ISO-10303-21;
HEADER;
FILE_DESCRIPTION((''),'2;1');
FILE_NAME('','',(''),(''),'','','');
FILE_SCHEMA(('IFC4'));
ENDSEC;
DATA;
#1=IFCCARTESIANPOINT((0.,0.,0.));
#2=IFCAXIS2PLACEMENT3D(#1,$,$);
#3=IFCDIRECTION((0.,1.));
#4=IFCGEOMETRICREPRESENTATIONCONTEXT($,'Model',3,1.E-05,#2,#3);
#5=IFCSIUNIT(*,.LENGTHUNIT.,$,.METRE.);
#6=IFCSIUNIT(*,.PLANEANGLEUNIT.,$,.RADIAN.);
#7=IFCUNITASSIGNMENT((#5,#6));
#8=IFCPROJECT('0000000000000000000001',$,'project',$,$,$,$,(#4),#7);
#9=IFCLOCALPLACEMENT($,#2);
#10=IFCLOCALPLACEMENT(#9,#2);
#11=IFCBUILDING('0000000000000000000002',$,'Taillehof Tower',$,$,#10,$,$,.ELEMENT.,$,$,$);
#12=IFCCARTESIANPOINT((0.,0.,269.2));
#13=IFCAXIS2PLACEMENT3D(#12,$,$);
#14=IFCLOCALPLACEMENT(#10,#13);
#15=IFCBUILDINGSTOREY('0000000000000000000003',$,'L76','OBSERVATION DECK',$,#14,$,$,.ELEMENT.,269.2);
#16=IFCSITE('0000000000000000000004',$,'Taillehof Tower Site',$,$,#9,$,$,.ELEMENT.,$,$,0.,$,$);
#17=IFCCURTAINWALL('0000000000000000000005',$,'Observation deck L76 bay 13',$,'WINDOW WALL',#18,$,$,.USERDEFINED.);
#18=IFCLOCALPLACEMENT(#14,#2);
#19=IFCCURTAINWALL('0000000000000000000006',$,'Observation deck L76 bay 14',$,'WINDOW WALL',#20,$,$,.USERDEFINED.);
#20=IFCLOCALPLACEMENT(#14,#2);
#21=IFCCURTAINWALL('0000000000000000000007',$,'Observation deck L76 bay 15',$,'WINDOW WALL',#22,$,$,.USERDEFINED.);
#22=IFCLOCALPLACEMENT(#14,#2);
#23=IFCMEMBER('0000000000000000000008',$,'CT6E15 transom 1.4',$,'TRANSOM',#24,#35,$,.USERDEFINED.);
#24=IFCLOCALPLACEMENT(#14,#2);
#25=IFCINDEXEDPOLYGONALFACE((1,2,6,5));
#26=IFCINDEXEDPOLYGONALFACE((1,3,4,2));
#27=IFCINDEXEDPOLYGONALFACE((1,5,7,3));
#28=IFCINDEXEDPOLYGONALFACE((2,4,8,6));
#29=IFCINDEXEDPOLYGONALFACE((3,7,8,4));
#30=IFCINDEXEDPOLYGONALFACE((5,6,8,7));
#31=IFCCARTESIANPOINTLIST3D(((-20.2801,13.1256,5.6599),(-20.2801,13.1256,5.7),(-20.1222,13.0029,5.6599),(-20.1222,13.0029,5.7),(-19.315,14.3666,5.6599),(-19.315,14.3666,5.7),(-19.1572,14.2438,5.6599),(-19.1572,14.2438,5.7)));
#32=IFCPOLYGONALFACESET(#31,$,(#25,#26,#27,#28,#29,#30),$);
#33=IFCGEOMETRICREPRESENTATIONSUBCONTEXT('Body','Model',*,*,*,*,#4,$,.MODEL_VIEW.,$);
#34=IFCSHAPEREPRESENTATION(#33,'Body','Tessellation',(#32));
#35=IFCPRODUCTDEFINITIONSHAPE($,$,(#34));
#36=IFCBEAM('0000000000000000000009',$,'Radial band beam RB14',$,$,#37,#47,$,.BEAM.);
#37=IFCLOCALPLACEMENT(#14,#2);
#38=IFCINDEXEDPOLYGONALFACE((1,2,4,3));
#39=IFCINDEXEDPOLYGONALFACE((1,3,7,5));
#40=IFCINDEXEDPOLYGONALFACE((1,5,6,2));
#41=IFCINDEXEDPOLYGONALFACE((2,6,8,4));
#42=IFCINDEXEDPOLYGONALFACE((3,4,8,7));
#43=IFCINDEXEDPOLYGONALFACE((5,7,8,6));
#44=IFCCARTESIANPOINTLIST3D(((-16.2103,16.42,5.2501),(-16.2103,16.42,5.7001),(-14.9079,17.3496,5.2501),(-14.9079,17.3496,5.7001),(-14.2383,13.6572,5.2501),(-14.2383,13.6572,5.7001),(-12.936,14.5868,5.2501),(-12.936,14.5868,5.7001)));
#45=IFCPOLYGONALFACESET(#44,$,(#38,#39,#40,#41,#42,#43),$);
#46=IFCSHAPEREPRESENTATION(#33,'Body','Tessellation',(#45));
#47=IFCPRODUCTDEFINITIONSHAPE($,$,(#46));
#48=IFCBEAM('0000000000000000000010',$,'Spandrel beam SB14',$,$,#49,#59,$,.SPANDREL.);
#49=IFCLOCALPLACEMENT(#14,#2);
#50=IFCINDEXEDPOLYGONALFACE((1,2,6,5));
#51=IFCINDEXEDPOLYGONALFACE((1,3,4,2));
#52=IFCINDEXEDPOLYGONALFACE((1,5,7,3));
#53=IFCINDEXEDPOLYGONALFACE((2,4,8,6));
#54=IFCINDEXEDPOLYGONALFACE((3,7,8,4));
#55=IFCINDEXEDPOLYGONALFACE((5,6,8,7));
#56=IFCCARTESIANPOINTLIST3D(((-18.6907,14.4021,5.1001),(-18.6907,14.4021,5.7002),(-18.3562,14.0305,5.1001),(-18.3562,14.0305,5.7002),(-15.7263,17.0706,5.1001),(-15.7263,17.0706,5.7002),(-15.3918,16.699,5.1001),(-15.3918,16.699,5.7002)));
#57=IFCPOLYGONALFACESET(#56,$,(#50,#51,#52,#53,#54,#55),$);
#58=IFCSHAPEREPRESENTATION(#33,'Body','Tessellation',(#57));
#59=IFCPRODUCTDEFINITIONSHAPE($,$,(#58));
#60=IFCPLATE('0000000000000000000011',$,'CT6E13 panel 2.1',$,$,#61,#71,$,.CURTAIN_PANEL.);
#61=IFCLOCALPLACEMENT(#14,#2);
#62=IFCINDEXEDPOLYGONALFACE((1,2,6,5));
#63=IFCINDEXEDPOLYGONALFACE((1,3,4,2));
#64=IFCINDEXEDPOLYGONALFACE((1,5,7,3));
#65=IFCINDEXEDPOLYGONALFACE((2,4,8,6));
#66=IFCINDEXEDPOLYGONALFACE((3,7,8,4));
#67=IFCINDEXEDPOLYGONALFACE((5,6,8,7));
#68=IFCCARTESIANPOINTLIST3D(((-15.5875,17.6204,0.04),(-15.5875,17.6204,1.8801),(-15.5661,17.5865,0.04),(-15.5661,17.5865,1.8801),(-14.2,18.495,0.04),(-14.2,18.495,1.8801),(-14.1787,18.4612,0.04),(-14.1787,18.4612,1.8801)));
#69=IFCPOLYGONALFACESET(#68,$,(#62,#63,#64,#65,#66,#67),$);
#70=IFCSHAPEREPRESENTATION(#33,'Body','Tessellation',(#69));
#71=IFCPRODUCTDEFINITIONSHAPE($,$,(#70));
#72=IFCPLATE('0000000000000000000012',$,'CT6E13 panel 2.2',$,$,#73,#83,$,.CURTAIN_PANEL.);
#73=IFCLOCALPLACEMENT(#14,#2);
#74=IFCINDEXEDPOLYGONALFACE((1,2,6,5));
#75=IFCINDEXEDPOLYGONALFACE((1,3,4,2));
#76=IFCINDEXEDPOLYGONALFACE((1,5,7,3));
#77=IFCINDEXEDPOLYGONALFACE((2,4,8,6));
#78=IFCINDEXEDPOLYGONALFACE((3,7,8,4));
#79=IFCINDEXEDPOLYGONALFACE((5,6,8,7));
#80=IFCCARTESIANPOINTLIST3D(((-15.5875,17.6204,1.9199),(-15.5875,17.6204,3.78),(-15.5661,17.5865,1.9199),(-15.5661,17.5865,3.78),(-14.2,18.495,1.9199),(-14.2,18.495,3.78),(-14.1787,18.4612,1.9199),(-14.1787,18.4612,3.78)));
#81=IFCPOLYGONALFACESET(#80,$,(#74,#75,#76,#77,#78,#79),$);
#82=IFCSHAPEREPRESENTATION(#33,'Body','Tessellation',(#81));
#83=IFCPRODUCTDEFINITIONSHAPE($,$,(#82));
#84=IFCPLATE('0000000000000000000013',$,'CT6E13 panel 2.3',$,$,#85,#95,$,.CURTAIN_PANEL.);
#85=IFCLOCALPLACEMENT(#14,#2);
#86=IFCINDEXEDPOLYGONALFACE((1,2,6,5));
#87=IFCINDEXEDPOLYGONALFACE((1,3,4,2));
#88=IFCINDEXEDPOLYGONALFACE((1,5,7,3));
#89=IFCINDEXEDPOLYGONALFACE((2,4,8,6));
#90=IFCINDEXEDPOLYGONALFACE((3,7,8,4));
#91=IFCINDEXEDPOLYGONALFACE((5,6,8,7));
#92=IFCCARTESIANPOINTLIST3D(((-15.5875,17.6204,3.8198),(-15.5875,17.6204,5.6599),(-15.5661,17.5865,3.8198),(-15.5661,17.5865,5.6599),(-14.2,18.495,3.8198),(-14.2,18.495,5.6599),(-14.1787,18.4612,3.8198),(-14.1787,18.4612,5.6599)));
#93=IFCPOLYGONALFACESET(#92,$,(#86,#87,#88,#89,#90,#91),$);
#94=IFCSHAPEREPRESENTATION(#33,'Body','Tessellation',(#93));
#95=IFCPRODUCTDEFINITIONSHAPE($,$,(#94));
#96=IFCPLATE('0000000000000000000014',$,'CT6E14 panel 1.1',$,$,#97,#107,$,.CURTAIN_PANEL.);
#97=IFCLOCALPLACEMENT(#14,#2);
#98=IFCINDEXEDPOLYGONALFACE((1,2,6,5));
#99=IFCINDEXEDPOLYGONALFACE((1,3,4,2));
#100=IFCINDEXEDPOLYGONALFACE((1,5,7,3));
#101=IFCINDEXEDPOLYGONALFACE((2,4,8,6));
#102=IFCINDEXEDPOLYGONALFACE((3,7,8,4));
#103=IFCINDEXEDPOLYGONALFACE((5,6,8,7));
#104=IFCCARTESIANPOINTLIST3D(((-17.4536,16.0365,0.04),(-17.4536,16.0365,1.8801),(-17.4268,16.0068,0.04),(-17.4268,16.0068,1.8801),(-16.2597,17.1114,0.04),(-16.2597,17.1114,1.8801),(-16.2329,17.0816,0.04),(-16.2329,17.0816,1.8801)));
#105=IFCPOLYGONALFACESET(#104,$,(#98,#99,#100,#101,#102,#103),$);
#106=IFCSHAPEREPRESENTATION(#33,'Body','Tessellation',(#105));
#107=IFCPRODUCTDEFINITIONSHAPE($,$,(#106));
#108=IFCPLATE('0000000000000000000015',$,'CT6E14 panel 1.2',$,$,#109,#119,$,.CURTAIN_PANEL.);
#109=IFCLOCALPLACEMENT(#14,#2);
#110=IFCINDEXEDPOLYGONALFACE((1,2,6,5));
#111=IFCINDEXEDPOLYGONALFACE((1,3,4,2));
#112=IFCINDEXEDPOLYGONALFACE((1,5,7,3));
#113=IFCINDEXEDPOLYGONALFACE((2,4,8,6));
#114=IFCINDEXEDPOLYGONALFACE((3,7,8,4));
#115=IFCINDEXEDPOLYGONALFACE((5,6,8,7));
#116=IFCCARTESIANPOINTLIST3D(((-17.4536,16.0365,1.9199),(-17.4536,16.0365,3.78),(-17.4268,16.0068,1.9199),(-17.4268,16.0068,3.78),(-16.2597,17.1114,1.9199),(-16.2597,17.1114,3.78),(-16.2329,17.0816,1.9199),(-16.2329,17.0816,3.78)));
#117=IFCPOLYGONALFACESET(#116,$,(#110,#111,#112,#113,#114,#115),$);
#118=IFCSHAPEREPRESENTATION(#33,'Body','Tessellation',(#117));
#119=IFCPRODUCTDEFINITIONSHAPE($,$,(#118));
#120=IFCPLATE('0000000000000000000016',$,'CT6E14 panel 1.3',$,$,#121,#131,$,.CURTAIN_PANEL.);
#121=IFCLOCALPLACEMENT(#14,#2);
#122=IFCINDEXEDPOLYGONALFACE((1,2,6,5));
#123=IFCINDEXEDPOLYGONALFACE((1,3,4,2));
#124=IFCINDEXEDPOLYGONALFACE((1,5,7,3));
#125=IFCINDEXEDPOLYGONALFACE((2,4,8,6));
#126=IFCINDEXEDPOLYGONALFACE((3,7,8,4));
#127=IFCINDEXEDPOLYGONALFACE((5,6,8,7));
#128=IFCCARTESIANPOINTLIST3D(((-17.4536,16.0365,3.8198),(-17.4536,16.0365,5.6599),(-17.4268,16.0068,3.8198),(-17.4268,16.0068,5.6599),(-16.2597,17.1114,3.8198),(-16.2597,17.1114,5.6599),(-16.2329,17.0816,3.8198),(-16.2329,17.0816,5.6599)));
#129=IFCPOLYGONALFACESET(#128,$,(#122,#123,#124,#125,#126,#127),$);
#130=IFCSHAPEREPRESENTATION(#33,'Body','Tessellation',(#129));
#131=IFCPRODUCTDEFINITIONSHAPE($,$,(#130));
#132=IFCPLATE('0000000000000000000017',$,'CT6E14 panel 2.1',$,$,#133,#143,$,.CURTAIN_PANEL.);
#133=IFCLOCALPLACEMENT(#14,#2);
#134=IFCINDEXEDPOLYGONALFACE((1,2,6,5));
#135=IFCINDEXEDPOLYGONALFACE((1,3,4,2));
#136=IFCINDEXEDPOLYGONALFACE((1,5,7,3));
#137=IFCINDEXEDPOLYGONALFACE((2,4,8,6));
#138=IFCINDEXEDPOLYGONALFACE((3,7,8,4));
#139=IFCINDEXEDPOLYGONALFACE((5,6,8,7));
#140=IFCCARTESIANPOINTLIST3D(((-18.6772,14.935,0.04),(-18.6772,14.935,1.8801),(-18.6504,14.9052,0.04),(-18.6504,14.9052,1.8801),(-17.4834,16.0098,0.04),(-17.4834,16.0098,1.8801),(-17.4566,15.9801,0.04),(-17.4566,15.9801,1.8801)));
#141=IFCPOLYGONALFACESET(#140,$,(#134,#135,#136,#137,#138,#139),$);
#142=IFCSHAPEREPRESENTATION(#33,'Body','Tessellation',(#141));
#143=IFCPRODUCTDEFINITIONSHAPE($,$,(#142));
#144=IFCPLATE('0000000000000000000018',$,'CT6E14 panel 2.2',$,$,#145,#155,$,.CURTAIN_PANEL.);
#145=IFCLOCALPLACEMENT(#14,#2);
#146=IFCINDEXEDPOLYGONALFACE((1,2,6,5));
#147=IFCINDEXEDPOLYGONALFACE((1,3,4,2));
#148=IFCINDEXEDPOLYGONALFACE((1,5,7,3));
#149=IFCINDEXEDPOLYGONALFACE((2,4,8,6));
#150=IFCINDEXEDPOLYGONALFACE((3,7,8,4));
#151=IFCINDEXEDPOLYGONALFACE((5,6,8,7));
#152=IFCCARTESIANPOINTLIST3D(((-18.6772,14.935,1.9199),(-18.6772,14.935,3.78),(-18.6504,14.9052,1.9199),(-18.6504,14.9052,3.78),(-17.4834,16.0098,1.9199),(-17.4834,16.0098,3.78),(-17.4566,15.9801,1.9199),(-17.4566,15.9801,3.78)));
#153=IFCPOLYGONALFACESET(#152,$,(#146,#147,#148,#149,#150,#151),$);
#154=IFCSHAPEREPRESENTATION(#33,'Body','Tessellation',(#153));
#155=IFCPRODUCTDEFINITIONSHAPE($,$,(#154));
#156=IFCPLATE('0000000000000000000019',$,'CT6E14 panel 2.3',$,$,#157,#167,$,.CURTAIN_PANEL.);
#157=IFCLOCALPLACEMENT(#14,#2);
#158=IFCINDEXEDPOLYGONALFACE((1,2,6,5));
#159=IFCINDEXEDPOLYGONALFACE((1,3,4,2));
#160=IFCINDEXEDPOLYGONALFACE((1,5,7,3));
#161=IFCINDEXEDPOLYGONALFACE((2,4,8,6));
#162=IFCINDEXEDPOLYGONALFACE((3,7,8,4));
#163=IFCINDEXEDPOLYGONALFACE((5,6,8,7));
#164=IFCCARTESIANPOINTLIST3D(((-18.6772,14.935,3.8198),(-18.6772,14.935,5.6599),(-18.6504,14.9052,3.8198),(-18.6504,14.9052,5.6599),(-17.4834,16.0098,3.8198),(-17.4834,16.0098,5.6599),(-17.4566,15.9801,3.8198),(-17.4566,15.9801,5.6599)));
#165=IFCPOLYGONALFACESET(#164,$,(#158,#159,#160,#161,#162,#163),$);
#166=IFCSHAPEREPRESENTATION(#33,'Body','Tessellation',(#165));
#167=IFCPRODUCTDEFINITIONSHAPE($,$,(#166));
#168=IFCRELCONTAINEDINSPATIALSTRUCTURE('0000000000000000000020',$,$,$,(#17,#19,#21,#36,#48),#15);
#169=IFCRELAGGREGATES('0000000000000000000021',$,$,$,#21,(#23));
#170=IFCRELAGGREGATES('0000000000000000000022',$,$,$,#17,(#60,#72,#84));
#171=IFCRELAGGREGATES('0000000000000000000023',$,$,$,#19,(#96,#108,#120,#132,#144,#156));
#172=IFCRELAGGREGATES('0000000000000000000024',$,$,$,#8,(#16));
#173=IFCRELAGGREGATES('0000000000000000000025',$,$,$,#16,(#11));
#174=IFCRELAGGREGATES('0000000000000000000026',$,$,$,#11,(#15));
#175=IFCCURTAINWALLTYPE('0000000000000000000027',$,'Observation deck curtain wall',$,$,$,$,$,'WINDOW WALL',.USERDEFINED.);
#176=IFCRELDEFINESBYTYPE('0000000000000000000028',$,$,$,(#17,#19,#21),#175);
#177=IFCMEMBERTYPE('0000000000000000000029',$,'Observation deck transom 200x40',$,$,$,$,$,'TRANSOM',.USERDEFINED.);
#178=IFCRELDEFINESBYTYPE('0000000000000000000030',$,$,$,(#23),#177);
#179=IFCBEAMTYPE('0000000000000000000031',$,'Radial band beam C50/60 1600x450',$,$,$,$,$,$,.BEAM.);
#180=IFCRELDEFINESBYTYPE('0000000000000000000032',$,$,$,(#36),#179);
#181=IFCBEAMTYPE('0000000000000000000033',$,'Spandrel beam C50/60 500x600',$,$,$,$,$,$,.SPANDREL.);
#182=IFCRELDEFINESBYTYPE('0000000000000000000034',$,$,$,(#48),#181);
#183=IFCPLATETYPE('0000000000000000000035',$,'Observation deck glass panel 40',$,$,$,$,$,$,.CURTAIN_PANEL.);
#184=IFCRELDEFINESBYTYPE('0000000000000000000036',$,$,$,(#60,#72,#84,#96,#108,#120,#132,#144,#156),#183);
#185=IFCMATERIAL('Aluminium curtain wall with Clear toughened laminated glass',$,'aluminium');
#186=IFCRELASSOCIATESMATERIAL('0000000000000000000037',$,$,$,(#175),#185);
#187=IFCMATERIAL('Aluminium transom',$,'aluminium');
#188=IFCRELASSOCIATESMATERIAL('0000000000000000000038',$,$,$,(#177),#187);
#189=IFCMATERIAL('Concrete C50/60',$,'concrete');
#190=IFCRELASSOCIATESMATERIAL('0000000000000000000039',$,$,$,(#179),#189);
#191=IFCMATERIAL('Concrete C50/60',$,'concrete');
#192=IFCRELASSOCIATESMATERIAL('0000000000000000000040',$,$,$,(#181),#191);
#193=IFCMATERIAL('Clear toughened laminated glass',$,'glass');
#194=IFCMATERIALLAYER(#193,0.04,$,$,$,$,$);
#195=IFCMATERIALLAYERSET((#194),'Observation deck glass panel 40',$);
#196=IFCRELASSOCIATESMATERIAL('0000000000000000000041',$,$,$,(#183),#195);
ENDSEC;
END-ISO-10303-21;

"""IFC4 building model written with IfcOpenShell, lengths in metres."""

from ifc_helpers import new_model, si_unit, direction, frame, origin, origin_2d, place, context, subcontext, project, spatial, rectangle, extrude, material, layer, layer_set, material_profile, profile_set, type_object, element, aggregate, save


model = new_model("IFC4")

# Units and contexts
model_context = context("Model", 3, precision=1e-05, world=origin(), true_north=direction((0.0, 1.0)))
body_context = subcontext(model_context, "Body", "Model", "MODEL_VIEW")
ifc_project = project(units=[si_unit("LENGTHUNIT", "METRE"), si_unit("PLANEANGLEUNIT", "RADIAN")], contexts=[model_context])

# Site, building, storey
site_placement = place(None, origin())
site = spatial("IfcSite", under=ifc_project, at=site_placement, Name="Taillehof Tower Site", CompositionType="ELEMENT", RefElevation=0.0)
building_placement = place(site_placement, origin())
building = spatial("IfcBuilding", under=site, at=building_placement, Name="Taillehof Tower", CompositionType="ELEMENT")
storey_placement = place(building_placement, frame((0.0, 0.0, 269.2)))
storey = spatial("IfcBuildingStorey", under=building, at=storey_placement, Name="L76", Description="OBSERVATION DECK", CompositionType="ELEMENT", Elevation=269.2)

# Curtain wall
ifc_material_1 = material(Name="Aluminium curtain wall with Clear toughened laminated glass", Category="aluminium")
curtain_wall_type = type_object("IfcCurtainWallType", Name="Observation deck curtain wall", ElementType="WINDOW WALL", PredefinedType="USERDEFINED", material=ifc_material_1)
curtain_wall_1_placement = place(storey_placement, origin())
curtain_wall_1 = element("IfcCurtainWall", 1, at=curtain_wall_1_placement, inside=storey, type_object=curtain_wall_type, Name="Observation deck L76 bay 13", ObjectType="WINDOW WALL", PredefinedType="USERDEFINED")

# Curtain wall
curtain_wall_2_placement = place(storey_placement, origin())
curtain_wall_2 = element("IfcCurtainWall", 2, at=curtain_wall_2_placement, inside=storey, type_object=curtain_wall_type, Name="Observation deck L76 bay 14", ObjectType="WINDOW WALL", PredefinedType="USERDEFINED")

# Curtain wall
curtain_wall_3_placement = place(storey_placement, origin())
curtain_wall_3 = element("IfcCurtainWall", 3, at=curtain_wall_3_placement, inside=storey, type_object=curtain_wall_type, Name="Observation deck L76 bay 15", ObjectType="WINDOW WALL", PredefinedType="USERDEFINED")

# Member
ifc_material_2 = material(Name="Aluminium transom", Category="aluminium")
ifc_material_profile_1 = material_profile(ifc_material_2, rectangle(XDim=0.2, YDim=0.04, at=origin_2d()), Name="AL 200x40")
ifc_profile_set_1 = profile_set([ifc_material_profile_1], Name="Aluminium transom")
member_type_1 = type_object("IfcMemberType", Name="Observation deck transom 200x40", ElementType="TRANSOM", PredefinedType="USERDEFINED", material=ifc_profile_set_1)
member_1_placement = place(storey_placement, frame((-19.2361, 14.3052, 5.6799), z_axis=(-0.613898, -0.789386, 0.0), x_axis=(0.789386, -0.613898, 0.0)))
member_1 = element("IfcMember", 4, at=member_1_placement, type_object=member_type_1, Name="CT6E15 transom 1.4", ObjectType="TRANSOM", PredefinedType="USERDEFINED", context=body_context, shape_type="SweptSolid", body=[
    extrude(rectangle(XDim=0.2, YDim=0.04, at=origin_2d()), origin(), (0.0, 0.0, 1.0), 1.572),
])
aggregate(curtain_wall_3, [member_1])

# Beams
ifc_material_3 = material(Name="Concrete C50/60", Category="concrete")
ifc_material_profile_2 = material_profile(ifc_material_3, rectangle(XDim=1.6001, YDim=0.45, at=origin_2d()), Name="RC 1600x450")
ifc_profile_set_2 = profile_set([ifc_material_profile_2], Name="Concrete C50/60")
beam_type_1 = type_object("IfcBeamType", Name="Radial band beam C50/60 1600x450", PredefinedType="BEAM", material=ifc_profile_set_2)
beam_1_placement = place(storey_placement, frame((-15.5591, 16.8848, 5.4751), z_axis=(0.580959, -0.813933, 0.0), x_axis=(0.813933, 0.580959, 0.0)))
element("IfcBeam", 5, at=beam_1_placement, inside=storey, type_object=beam_type_1, Name="Radial band beam RB14", PredefinedType="BEAM", context=body_context, shape_type="SweptSolid", body=[
    extrude(rectangle(XDim=1.6001, YDim=0.45, at=origin_2d()), origin(), (0.0, 0.0, 1.0), 3.3943),
])
ifc_material_4 = material(Name="Concrete C50/60", Category="concrete")
ifc_material_profile_3 = material_profile(ifc_material_4, rectangle(XDim=0.5, YDim=0.6001, at=origin_2d()), Name="RC 500x600")
ifc_profile_set_3 = profile_set([ifc_material_profile_3], Name="Concrete C50/60")
beam_type_2 = type_object("IfcBeamType", Name="Spandrel beam C50/60 500x600", PredefinedType="SPANDREL", material=ifc_profile_set_3)
beam_2_placement = place(storey_placement, frame((-15.5591, 16.8848, 5.4001), z_axis=(-0.743227, -0.669039, 0.0), x_axis=(0.669039, -0.743227, 0.0)))
element("IfcBeam", 6, at=beam_2_placement, inside=storey, type_object=beam_type_2, Name="Spandrel beam SB14", PredefinedType="SPANDREL", context=body_context, shape_type="SweptSolid", body=[
    extrude(rectangle(XDim=0.5, YDim=0.6001, at=origin_2d()), origin(), (0.0, 0.0, 1.0), 3.9885),
])

# Plates
ifc_material_5 = material(Name="Clear toughened laminated glass", Category="glass")
ifc_layer = layer(ifc_material_5, 0.04)
ifc_layer_set = layer_set([ifc_layer], Name="Observation deck glass panel 40")
plate_type = type_object("IfcPlateType", Name="Observation deck glass panel 40", PredefinedType="CURTAIN_PANEL", material=ifc_layer_set)
plate_1_placement = place(storey_placement, frame((-14.8831, 18.0408, 0.04), z_axis=(0.0, 0.0, 1.0), x_axis=(-0.84593, -0.533294, 0.0)))
plate_1 = element("IfcPlate", 7, at=plate_1_placement, type_object=plate_type, Name="CT6E13 panel 2.1", PredefinedType="CURTAIN_PANEL", context=body_context, shape_type="SweptSolid", body=[
    extrude(rectangle(XDim=1.6401, YDim=0.04, at=origin_2d()), origin(), (0.0, 0.0, 1.0), 1.8401),
])
plate_2_placement = place(storey_placement, frame((-14.8831, 18.0408, 1.9199), z_axis=(0.0, 0.0, 1.0), x_axis=(-0.84593, -0.533294, 0.0)))
plate_2 = element("IfcPlate", 8, at=plate_2_placement, type_object=plate_type, Name="CT6E13 panel 2.2", PredefinedType="CURTAIN_PANEL", context=body_context, shape_type="SweptSolid", body=[
    extrude(rectangle(XDim=1.6401, YDim=0.04, at=origin_2d()), origin(), (0.0, 0.0, 1.0), 1.8601),
])
plate_3_placement = place(storey_placement, frame((-14.8831, 18.0408, 3.8198), z_axis=(0.0, 0.0, 1.0), x_axis=(-0.84593, -0.533294, 0.0)))
plate_3 = element("IfcPlate", 9, at=plate_3_placement, type_object=plate_type, Name="CT6E13 panel 2.3", PredefinedType="CURTAIN_PANEL", context=body_context, shape_type="SweptSolid", body=[
    extrude(rectangle(XDim=1.6401, YDim=0.04, at=origin_2d()), origin(), (0.0, 0.0, 1.0), 1.8401),
])
aggregate(curtain_wall_1, [plate_1, plate_2, plate_3])
plate_4_placement = place(storey_placement, frame((-16.8433, 16.5591, 0.04), z_axis=(0.0, 0.0, 1.0), x_axis=(-0.743166, -0.669107, 0.0)))
plate_4 = element("IfcPlate", 10, at=plate_4_placement, type_object=plate_type, Name="CT6E14 panel 1.1", PredefinedType="CURTAIN_PANEL", context=body_context, shape_type="SweptSolid", body=[
    extrude(rectangle(XDim=1.6064, YDim=0.04, at=origin_2d()), origin(), (0.0, 0.0, 1.0), 1.8401),
])
plate_5_placement = place(storey_placement, frame((-16.8433, 16.5591, 1.9199), z_axis=(0.0, 0.0, 1.0), x_axis=(-0.743166, -0.669107, 0.0)))
plate_5 = element("IfcPlate", 11, at=plate_5_placement, type_object=plate_type, Name="CT6E14 panel 1.2", PredefinedType="CURTAIN_PANEL", context=body_context, shape_type="SweptSolid", body=[
    extrude(rectangle(XDim=1.6064, YDim=0.04, at=origin_2d()), origin(), (0.0, 0.0, 1.0), 1.8601),
])
plate_6_placement = place(storey_placement, frame((-16.8433, 16.5591, 3.8198), z_axis=(0.0, 0.0, 1.0), x_axis=(-0.743166, -0.669107, 0.0)))
plate_6 = element("IfcPlate", 12, at=plate_6_placement, type_object=plate_type, Name="CT6E14 panel 1.3", PredefinedType="CURTAIN_PANEL", context=body_context, shape_type="SweptSolid", body=[
    extrude(rectangle(XDim=1.6064, YDim=0.04, at=origin_2d()), origin(), (0.0, 0.0, 1.0), 1.8401),
])
plate_7_placement = place(storey_placement, frame((-18.0669, 15.4575, 0.04), z_axis=(0.0, 0.0, 1.0), x_axis=(-0.743166, -0.669107, 0.0)))
plate_7 = element("IfcPlate", 13, at=plate_7_placement, type_object=plate_type, Name="CT6E14 panel 2.1", PredefinedType="CURTAIN_PANEL", context=body_context, shape_type="SweptSolid", body=[
    extrude(rectangle(XDim=1.6064, YDim=0.04, at=origin_2d()), origin(), (0.0, 0.0, 1.0), 1.8401),
])
plate_8_placement = place(storey_placement, frame((-18.0669, 15.4575, 1.9199), z_axis=(0.0, 0.0, 1.0), x_axis=(-0.743166, -0.669107, 0.0)))
plate_8 = element("IfcPlate", 14, at=plate_8_placement, type_object=plate_type, Name="CT6E14 panel 2.2", PredefinedType="CURTAIN_PANEL", context=body_context, shape_type="SweptSolid", body=[
    extrude(rectangle(XDim=1.6064, YDim=0.04, at=origin_2d()), origin(), (0.0, 0.0, 1.0), 1.8601),
])
plate_9_placement = place(storey_placement, frame((-18.0669, 15.4575, 3.8198), z_axis=(0.0, 0.0, 1.0), x_axis=(-0.743166, -0.669107, 0.0)))
plate_9 = element("IfcPlate", 15, at=plate_9_placement, type_object=plate_type, Name="CT6E14 panel 2.3", PredefinedType="CURTAIN_PANEL", context=body_context, shape_type="SweptSolid", body=[
    extrude(rectangle(XDim=1.6064, YDim=0.04, at=origin_2d()), origin(), (0.0, 0.0, 1.0), 1.8401),
])
aggregate(curtain_wall_2, [plate_4, plate_5, plate_6, plate_7, plate_8, plate_9])

save(model, "model.ifc")
